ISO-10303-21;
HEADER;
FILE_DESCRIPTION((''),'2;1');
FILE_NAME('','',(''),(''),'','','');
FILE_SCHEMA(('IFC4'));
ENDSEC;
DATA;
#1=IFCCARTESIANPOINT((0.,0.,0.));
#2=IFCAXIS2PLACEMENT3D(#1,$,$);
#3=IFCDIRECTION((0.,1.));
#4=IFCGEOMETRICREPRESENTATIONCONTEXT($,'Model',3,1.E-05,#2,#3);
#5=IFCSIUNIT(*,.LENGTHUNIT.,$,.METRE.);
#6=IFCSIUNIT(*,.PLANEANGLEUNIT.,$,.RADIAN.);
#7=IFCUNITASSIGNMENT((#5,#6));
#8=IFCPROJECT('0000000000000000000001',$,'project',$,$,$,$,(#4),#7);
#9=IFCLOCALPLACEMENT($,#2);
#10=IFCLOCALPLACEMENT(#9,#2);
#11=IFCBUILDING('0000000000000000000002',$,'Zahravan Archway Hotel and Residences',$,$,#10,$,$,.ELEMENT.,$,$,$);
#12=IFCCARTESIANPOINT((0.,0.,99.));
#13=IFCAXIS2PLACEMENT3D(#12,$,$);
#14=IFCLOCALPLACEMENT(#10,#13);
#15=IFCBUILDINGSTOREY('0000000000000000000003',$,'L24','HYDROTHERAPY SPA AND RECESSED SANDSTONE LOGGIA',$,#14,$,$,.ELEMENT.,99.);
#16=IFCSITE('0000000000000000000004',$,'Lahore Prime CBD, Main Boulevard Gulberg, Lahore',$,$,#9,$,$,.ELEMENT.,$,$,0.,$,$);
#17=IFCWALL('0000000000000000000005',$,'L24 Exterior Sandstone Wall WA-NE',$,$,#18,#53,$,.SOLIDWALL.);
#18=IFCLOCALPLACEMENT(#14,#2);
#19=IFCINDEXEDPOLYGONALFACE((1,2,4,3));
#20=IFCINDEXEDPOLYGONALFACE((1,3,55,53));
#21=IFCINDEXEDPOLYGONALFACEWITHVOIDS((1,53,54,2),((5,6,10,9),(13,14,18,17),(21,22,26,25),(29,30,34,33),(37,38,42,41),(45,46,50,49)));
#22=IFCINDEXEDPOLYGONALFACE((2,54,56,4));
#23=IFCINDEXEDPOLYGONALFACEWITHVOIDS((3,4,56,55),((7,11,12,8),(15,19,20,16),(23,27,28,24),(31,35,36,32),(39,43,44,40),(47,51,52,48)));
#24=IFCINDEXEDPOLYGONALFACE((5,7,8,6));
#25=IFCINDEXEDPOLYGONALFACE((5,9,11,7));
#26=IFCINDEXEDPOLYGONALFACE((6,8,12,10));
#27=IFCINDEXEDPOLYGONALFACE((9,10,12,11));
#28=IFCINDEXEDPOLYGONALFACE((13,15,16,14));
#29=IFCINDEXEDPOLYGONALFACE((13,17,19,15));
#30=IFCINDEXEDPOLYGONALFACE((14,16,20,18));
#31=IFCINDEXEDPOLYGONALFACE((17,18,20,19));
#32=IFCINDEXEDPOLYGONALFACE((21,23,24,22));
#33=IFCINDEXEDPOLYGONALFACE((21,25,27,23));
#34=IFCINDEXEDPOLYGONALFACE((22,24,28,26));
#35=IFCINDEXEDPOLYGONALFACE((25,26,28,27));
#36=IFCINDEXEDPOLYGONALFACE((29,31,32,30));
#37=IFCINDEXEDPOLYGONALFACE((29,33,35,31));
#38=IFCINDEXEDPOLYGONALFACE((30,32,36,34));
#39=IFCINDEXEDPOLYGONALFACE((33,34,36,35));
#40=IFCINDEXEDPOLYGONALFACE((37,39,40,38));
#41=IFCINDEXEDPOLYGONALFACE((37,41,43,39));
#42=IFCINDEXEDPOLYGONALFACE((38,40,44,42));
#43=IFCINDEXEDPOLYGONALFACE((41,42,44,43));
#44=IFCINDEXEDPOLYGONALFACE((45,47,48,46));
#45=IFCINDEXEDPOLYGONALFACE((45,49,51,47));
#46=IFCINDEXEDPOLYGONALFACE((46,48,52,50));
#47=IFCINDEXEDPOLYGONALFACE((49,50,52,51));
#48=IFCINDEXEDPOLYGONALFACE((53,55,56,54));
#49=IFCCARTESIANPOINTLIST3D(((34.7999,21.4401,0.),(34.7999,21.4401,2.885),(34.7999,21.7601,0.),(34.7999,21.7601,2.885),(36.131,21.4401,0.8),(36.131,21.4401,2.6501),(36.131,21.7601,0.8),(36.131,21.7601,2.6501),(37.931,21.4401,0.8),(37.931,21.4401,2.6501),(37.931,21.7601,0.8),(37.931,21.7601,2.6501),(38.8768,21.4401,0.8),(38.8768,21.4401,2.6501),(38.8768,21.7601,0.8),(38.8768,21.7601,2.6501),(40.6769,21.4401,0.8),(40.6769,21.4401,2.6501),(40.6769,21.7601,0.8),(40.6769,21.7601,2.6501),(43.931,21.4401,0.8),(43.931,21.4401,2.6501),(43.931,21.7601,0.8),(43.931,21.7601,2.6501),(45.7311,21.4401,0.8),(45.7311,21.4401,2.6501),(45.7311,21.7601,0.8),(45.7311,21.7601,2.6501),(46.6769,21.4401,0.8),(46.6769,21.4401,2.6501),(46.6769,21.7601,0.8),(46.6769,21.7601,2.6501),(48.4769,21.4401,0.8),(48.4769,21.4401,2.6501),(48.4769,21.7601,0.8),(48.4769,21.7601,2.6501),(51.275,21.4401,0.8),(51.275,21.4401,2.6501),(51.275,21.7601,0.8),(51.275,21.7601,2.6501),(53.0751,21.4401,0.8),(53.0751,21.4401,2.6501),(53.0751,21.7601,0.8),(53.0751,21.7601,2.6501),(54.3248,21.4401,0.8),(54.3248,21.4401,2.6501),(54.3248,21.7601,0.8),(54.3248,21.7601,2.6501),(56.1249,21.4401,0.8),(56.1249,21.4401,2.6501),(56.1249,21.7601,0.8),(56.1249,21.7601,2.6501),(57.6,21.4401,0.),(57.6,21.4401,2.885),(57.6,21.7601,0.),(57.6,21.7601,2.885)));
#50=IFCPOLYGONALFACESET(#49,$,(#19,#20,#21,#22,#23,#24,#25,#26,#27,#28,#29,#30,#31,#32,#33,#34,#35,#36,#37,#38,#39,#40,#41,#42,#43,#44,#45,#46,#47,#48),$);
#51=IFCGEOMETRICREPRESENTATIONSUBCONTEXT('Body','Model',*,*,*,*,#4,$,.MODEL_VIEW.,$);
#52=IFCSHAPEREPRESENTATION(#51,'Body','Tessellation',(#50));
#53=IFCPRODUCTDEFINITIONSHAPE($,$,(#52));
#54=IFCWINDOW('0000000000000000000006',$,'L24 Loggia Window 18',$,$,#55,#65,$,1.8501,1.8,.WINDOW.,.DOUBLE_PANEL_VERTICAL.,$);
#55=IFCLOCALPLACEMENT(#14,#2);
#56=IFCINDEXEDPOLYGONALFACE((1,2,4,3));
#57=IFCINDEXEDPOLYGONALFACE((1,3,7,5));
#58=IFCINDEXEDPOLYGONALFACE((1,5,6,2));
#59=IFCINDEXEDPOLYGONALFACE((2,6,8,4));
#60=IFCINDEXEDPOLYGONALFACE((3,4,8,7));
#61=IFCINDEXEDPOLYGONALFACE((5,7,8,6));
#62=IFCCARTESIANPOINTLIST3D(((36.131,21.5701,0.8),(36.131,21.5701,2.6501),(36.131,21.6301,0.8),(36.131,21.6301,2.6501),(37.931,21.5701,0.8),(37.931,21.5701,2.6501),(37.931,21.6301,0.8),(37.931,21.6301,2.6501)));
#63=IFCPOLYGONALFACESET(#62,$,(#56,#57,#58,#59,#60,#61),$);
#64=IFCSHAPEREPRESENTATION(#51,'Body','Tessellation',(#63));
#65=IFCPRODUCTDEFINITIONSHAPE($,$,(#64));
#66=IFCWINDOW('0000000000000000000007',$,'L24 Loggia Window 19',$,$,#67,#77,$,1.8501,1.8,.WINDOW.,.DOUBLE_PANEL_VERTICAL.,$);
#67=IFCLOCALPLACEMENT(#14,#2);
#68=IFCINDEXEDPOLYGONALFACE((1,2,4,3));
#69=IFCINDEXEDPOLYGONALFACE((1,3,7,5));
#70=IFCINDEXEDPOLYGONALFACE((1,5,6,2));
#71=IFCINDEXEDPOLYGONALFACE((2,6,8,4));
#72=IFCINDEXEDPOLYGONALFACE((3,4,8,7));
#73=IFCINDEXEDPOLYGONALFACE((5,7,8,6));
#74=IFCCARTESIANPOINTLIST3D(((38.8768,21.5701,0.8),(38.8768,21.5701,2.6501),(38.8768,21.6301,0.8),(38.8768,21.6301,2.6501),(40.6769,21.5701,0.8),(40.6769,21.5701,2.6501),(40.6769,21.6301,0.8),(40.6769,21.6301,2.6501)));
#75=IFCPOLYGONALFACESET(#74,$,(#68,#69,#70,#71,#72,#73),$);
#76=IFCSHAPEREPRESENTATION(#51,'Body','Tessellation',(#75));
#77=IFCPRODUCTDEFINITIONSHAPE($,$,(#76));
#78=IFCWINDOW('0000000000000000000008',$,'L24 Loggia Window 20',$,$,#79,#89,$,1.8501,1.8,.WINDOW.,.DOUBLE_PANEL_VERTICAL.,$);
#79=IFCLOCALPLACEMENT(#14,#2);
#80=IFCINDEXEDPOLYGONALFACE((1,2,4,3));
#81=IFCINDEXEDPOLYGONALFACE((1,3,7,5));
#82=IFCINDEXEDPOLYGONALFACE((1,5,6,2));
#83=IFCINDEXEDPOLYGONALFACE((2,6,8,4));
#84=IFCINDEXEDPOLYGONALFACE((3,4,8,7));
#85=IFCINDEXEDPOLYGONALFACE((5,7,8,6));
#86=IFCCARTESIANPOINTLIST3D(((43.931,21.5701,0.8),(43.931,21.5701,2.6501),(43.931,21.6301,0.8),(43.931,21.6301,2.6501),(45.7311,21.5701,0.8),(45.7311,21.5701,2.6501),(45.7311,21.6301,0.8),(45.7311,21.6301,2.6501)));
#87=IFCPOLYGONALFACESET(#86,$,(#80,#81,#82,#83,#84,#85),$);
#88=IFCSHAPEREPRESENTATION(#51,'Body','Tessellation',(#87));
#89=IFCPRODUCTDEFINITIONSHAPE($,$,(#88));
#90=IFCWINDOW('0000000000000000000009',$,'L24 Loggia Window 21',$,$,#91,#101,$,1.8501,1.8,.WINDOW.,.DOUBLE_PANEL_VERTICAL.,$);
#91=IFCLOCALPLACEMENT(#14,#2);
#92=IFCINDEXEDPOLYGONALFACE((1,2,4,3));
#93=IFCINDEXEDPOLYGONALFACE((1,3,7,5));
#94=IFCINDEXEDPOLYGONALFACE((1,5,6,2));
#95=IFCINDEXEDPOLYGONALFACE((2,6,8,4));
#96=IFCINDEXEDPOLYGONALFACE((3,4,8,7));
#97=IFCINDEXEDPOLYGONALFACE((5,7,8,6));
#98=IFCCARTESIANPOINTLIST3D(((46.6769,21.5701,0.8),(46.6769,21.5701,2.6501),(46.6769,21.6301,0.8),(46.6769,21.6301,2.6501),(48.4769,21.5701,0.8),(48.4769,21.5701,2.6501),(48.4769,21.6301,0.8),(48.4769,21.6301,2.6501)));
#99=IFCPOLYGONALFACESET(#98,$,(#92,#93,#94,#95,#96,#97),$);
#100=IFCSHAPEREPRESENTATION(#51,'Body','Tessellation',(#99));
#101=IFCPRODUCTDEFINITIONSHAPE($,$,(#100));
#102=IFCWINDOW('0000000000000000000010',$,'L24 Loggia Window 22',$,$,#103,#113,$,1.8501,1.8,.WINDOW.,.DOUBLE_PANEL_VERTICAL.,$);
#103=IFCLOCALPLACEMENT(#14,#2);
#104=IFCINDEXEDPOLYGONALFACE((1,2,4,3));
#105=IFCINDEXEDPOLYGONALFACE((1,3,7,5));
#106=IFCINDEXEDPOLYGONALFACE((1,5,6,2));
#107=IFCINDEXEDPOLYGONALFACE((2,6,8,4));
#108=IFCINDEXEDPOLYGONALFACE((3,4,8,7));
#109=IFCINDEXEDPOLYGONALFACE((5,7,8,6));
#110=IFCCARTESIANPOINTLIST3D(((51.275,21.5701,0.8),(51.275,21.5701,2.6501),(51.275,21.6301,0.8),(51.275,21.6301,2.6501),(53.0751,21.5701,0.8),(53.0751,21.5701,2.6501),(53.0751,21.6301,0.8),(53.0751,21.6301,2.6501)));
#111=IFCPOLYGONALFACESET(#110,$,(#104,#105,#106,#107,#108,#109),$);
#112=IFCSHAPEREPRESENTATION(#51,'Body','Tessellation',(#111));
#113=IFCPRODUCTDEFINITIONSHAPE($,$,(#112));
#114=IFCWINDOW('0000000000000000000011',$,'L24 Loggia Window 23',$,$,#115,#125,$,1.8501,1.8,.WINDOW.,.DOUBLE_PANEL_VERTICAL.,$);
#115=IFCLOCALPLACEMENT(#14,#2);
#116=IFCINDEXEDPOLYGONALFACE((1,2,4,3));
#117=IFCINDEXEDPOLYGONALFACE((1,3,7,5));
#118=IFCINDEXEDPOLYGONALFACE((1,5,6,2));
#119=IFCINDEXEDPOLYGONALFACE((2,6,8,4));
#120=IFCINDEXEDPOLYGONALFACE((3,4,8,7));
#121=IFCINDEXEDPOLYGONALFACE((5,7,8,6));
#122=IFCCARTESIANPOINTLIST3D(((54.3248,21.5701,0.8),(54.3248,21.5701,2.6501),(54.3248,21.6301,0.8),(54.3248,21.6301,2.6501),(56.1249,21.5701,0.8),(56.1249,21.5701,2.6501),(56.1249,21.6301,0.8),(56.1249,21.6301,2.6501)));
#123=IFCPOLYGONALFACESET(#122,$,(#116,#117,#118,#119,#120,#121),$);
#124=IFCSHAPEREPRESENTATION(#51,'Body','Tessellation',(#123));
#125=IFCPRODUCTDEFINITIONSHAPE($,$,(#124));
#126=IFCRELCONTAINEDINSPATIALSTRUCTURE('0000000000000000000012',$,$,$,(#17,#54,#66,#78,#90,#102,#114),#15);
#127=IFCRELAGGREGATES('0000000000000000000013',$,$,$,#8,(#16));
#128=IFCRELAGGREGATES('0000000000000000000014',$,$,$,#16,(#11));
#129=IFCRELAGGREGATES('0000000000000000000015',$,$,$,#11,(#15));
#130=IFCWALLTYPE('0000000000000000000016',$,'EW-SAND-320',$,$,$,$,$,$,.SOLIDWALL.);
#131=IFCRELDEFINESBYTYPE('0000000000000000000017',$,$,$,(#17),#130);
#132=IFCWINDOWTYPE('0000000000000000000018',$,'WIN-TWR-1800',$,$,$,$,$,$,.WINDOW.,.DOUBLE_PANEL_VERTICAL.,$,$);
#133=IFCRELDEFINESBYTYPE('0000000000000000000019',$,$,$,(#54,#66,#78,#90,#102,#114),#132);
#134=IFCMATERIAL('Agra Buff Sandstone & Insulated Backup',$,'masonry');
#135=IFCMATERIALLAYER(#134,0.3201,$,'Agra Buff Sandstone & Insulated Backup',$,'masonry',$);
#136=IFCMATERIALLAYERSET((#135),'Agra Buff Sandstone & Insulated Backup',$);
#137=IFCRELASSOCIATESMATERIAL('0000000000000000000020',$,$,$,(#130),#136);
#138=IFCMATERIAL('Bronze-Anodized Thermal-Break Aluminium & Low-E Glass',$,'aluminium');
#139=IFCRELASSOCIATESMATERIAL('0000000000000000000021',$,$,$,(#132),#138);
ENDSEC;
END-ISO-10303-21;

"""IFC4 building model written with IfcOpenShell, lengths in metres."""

from ifc_helpers import new_model, si_unit, direction, frame, frame_2d, origin, place, context, subcontext, project, spatial, rectangle, extrude, source, transform, mapped, material, layer, layer_set, type_object, type_shapes, element, fill, save


model = new_model("IFC4")

# Units and contexts
model_context = context("Model", 3, precision=1e-05, world=origin(), true_north=direction((0.0, 1.0)))
body_context = subcontext(model_context, "Body", "Model", "MODEL_VIEW")
ifc_project = project(units=[si_unit("LENGTHUNIT", "METRE"), si_unit("PLANEANGLEUNIT", "RADIAN")], contexts=[model_context])

# Site, building, storey
site_placement = place(None, origin())
site = spatial("IfcSite", under=ifc_project, at=site_placement, Name="Lahore Prime CBD, Main Boulevard Gulberg, Lahore", CompositionType="ELEMENT", RefElevation=0.0)
building_placement = place(site_placement, origin())
building = spatial("IfcBuilding", under=site, at=building_placement, Name="Zahravan Archway Hotel and Residences", CompositionType="ELEMENT")
storey_placement = place(building_placement, frame((0.0, 0.0, 99.0)))
storey = spatial("IfcBuildingStorey", under=building, at=storey_placement, Name="L24", Description="HYDROTHERAPY SPA AND RECESSED SANDSTONE LOGGIA", CompositionType="ELEMENT", Elevation=99.0)

# Wall, openings, windows
ifc_material_1 = material(Name="Agra Buff Sandstone & Insulated Backup", Category="masonry")
ifc_layer_1 = layer(ifc_material_1, 0.3201, Name="Agra Buff Sandstone & Insulated Backup", Category="masonry")
ifc_layer_set_1 = layer_set([ifc_layer_1], Name="Agra Buff Sandstone & Insulated Backup")
wall_type = type_object("IfcWallType", Name="EW-SAND-320", PredefinedType="SOLIDWALL", material=ifc_layer_set_1)
wall_placement = place(storey_placement, frame((34.8, 21.6001, 0.0), z_axis=(0.0, 0.0, 1.0), x_axis=(1.0, 0.0, 0.0)))
wall = element("IfcWall", 1, at=wall_placement, inside=storey, type_object=wall_type, Name="L24 Exterior Sandstone Wall WA-NE", PredefinedType="SOLIDWALL", context=body_context, shape_type="SweptSolid", body=[
    extrude(rectangle(XDim=22.8, YDim=0.3201, at=frame_2d((11.3999, 0.0))), origin(), (0.0, 0.0, 1.0), 2.885),
])
opening_1_placement = place(wall_placement, frame((1.3311, 0.0, 0.8)))
opening_1 = element("IfcOpeningElement", 2, at=opening_1_placement, cuts=wall, PredefinedType="OPENING", context=body_context, shape_type="SweptSolid", body=[
    extrude(rectangle(XDim=1.8, YDim=1.8501, at=frame_2d((0.8999, 0.925))), frame((0.0, 0.1699, 0.0), z_axis=(0.0, -1.0, 0.0), x_axis=(1.0, 0.0, 0.0)), (0.0, 0.0, 1.0), 0.3401),
])
opening_2_placement = place(wall_placement, frame((4.0769, 0.0, 0.8)))
opening_2 = element("IfcOpeningElement", 3, at=opening_2_placement, cuts=wall, PredefinedType="OPENING", context=body_context, shape_type="SweptSolid", body=[
    extrude(rectangle(XDim=1.8, YDim=1.8501, at=frame_2d((0.8999, 0.925))), frame((0.0, 0.1699, 0.0), z_axis=(0.0, -1.0, 0.0), x_axis=(1.0, 0.0, 0.0)), (0.0, 0.0, 1.0), 0.3401),
])
opening_3_placement = place(wall_placement, frame((9.1311, 0.0, 0.8)))
opening_3 = element("IfcOpeningElement", 4, at=opening_3_placement, cuts=wall, PredefinedType="OPENING", context=body_context, shape_type="SweptSolid", body=[
    extrude(rectangle(XDim=1.8, YDim=1.8501, at=frame_2d((0.8999, 0.925))), frame((0.0, 0.1699, 0.0), z_axis=(0.0, -1.0, 0.0), x_axis=(1.0, 0.0, 0.0)), (0.0, 0.0, 1.0), 0.3401),
])
opening_4_placement = place(wall_placement, frame((11.877, 0.0, 0.8)))
opening_4 = element("IfcOpeningElement", 5, at=opening_4_placement, cuts=wall, PredefinedType="OPENING", context=body_context, shape_type="SweptSolid", body=[
    extrude(rectangle(XDim=1.8, YDim=1.8501, at=frame_2d((0.8999, 0.925))), frame((0.0, 0.1699, 0.0), z_axis=(0.0, -1.0, 0.0), x_axis=(1.0, 0.0, 0.0)), (0.0, 0.0, 1.0), 0.3401),
])
opening_5_placement = place(wall_placement, frame((16.4751, 0.0, 0.8)))
opening_5 = element("IfcOpeningElement", 6, at=opening_5_placement, cuts=wall, PredefinedType="OPENING", context=body_context, shape_type="SweptSolid", body=[
    extrude(rectangle(XDim=1.8, YDim=1.8501, at=frame_2d((0.8999, 0.925))), frame((0.0, 0.1699, 0.0), z_axis=(0.0, -1.0, 0.0), x_axis=(1.0, 0.0, 0.0)), (0.0, 0.0, 1.0), 0.3401),
])
opening_6_placement = place(wall_placement, frame((19.5249, 0.0, 0.8)))
opening_6 = element("IfcOpeningElement", 7, at=opening_6_placement, cuts=wall, PredefinedType="OPENING", context=body_context, shape_type="SweptSolid", body=[
    extrude(rectangle(XDim=1.8, YDim=1.8501, at=frame_2d((0.8999, 0.925))), frame((0.0, 0.1699, 0.0), z_axis=(0.0, -1.0, 0.0), x_axis=(1.0, 0.0, 0.0)), (0.0, 0.0, 1.0), 0.3401),
])
ifc_material_2 = material(Name="Bronze-Anodized Thermal-Break Aluminium & Low-E Glass", Category="aluminium")
window_type = type_object("IfcWindowType", Name="WIN-TWR-1800", PartitioningType="DOUBLE_PANEL_VERTICAL", PredefinedType="WINDOW", material=ifc_material_2)
shared_shape_1 = source(origin(), body_context, "Body", "SweptSolid", [
    extrude(rectangle(XDim=1.8, YDim=1.8501, at=frame_2d((0.8999, 0.925))), frame((0.0, 0.03, 0.0), z_axis=(0.0, -1.0, 0.0), x_axis=(1.0, 0.0, 0.0)), (0.0, 0.0, 1.0), 0.0601),
])
type_shapes(window_type, [shared_shape_1])
window_1_placement = place(opening_1_placement, origin())
window_1 = element("IfcWindow", 8, at=window_1_placement, inside=storey, type_object=window_type, Name="L24 Loggia Window 18", OverallHeight=1.8501, OverallWidth=1.8, PartitioningType="DOUBLE_PANEL_VERTICAL", PredefinedType="WINDOW", context=body_context, shape_type="MappedRepresentation", body=[
    mapped(shared_shape_1, transform((0.0, 0.0, 0.0), scale=1.0)),
])
fill(opening_1, window_1)
window_2_placement = place(opening_2_placement, origin())
window_2 = element("IfcWindow", 9, at=window_2_placement, inside=storey, type_object=window_type, Name="L24 Loggia Window 19", OverallHeight=1.8501, OverallWidth=1.8, PartitioningType="DOUBLE_PANEL_VERTICAL", PredefinedType="WINDOW", context=body_context, shape_type="MappedRepresentation", body=[
    mapped(shared_shape_1, transform((0.0, 0.0, 0.0), scale=1.0)),
])
fill(opening_2, window_2)
window_3_placement = place(opening_3_placement, origin())
window_3 = element("IfcWindow", 10, at=window_3_placement, inside=storey, type_object=window_type, Name="L24 Loggia Window 20", OverallHeight=1.8501, OverallWidth=1.8, PartitioningType="DOUBLE_PANEL_VERTICAL", PredefinedType="WINDOW", context=body_context, shape_type="MappedRepresentation", body=[
    mapped(shared_shape_1, transform((0.0, 0.0, 0.0), scale=1.0)),
])
fill(opening_3, window_3)
window_4_placement = place(opening_4_placement, origin())
window_4 = element("IfcWindow", 11, at=window_4_placement, inside=storey, type_object=window_type, Name="L24 Loggia Window 21", OverallHeight=1.8501, OverallWidth=1.8, PartitioningType="DOUBLE_PANEL_VERTICAL", PredefinedType="WINDOW", context=body_context, shape_type="MappedRepresentation", body=[
    mapped(shared_shape_1, transform((0.0, 0.0, 0.0), scale=1.0)),
])
fill(opening_4, window_4)
window_5_placement = place(opening_5_placement, origin())
window_5 = element("IfcWindow", 12, at=window_5_placement, inside=storey, type_object=window_type, Name="L24 Loggia Window 22", OverallHeight=1.8501, OverallWidth=1.8, PartitioningType="DOUBLE_PANEL_VERTICAL", PredefinedType="WINDOW", context=body_context, shape_type="MappedRepresentation", body=[
    mapped(shared_shape_1, transform((0.0, 0.0, 0.0), scale=1.0)),
])
fill(opening_5, window_5)
window_6_placement = place(opening_6_placement, origin())
window_6 = element("IfcWindow", 13, at=window_6_placement, inside=storey, type_object=window_type, Name="L24 Loggia Window 23", OverallHeight=1.8501, OverallWidth=1.8, PartitioningType="DOUBLE_PANEL_VERTICAL", PredefinedType="WINDOW", context=body_context, shape_type="MappedRepresentation", body=[
    mapped(shared_shape_1, transform((0.0, 0.0, 0.0), scale=1.0)),
])
fill(opening_6, window_6)

save(model, "model.ifc")
